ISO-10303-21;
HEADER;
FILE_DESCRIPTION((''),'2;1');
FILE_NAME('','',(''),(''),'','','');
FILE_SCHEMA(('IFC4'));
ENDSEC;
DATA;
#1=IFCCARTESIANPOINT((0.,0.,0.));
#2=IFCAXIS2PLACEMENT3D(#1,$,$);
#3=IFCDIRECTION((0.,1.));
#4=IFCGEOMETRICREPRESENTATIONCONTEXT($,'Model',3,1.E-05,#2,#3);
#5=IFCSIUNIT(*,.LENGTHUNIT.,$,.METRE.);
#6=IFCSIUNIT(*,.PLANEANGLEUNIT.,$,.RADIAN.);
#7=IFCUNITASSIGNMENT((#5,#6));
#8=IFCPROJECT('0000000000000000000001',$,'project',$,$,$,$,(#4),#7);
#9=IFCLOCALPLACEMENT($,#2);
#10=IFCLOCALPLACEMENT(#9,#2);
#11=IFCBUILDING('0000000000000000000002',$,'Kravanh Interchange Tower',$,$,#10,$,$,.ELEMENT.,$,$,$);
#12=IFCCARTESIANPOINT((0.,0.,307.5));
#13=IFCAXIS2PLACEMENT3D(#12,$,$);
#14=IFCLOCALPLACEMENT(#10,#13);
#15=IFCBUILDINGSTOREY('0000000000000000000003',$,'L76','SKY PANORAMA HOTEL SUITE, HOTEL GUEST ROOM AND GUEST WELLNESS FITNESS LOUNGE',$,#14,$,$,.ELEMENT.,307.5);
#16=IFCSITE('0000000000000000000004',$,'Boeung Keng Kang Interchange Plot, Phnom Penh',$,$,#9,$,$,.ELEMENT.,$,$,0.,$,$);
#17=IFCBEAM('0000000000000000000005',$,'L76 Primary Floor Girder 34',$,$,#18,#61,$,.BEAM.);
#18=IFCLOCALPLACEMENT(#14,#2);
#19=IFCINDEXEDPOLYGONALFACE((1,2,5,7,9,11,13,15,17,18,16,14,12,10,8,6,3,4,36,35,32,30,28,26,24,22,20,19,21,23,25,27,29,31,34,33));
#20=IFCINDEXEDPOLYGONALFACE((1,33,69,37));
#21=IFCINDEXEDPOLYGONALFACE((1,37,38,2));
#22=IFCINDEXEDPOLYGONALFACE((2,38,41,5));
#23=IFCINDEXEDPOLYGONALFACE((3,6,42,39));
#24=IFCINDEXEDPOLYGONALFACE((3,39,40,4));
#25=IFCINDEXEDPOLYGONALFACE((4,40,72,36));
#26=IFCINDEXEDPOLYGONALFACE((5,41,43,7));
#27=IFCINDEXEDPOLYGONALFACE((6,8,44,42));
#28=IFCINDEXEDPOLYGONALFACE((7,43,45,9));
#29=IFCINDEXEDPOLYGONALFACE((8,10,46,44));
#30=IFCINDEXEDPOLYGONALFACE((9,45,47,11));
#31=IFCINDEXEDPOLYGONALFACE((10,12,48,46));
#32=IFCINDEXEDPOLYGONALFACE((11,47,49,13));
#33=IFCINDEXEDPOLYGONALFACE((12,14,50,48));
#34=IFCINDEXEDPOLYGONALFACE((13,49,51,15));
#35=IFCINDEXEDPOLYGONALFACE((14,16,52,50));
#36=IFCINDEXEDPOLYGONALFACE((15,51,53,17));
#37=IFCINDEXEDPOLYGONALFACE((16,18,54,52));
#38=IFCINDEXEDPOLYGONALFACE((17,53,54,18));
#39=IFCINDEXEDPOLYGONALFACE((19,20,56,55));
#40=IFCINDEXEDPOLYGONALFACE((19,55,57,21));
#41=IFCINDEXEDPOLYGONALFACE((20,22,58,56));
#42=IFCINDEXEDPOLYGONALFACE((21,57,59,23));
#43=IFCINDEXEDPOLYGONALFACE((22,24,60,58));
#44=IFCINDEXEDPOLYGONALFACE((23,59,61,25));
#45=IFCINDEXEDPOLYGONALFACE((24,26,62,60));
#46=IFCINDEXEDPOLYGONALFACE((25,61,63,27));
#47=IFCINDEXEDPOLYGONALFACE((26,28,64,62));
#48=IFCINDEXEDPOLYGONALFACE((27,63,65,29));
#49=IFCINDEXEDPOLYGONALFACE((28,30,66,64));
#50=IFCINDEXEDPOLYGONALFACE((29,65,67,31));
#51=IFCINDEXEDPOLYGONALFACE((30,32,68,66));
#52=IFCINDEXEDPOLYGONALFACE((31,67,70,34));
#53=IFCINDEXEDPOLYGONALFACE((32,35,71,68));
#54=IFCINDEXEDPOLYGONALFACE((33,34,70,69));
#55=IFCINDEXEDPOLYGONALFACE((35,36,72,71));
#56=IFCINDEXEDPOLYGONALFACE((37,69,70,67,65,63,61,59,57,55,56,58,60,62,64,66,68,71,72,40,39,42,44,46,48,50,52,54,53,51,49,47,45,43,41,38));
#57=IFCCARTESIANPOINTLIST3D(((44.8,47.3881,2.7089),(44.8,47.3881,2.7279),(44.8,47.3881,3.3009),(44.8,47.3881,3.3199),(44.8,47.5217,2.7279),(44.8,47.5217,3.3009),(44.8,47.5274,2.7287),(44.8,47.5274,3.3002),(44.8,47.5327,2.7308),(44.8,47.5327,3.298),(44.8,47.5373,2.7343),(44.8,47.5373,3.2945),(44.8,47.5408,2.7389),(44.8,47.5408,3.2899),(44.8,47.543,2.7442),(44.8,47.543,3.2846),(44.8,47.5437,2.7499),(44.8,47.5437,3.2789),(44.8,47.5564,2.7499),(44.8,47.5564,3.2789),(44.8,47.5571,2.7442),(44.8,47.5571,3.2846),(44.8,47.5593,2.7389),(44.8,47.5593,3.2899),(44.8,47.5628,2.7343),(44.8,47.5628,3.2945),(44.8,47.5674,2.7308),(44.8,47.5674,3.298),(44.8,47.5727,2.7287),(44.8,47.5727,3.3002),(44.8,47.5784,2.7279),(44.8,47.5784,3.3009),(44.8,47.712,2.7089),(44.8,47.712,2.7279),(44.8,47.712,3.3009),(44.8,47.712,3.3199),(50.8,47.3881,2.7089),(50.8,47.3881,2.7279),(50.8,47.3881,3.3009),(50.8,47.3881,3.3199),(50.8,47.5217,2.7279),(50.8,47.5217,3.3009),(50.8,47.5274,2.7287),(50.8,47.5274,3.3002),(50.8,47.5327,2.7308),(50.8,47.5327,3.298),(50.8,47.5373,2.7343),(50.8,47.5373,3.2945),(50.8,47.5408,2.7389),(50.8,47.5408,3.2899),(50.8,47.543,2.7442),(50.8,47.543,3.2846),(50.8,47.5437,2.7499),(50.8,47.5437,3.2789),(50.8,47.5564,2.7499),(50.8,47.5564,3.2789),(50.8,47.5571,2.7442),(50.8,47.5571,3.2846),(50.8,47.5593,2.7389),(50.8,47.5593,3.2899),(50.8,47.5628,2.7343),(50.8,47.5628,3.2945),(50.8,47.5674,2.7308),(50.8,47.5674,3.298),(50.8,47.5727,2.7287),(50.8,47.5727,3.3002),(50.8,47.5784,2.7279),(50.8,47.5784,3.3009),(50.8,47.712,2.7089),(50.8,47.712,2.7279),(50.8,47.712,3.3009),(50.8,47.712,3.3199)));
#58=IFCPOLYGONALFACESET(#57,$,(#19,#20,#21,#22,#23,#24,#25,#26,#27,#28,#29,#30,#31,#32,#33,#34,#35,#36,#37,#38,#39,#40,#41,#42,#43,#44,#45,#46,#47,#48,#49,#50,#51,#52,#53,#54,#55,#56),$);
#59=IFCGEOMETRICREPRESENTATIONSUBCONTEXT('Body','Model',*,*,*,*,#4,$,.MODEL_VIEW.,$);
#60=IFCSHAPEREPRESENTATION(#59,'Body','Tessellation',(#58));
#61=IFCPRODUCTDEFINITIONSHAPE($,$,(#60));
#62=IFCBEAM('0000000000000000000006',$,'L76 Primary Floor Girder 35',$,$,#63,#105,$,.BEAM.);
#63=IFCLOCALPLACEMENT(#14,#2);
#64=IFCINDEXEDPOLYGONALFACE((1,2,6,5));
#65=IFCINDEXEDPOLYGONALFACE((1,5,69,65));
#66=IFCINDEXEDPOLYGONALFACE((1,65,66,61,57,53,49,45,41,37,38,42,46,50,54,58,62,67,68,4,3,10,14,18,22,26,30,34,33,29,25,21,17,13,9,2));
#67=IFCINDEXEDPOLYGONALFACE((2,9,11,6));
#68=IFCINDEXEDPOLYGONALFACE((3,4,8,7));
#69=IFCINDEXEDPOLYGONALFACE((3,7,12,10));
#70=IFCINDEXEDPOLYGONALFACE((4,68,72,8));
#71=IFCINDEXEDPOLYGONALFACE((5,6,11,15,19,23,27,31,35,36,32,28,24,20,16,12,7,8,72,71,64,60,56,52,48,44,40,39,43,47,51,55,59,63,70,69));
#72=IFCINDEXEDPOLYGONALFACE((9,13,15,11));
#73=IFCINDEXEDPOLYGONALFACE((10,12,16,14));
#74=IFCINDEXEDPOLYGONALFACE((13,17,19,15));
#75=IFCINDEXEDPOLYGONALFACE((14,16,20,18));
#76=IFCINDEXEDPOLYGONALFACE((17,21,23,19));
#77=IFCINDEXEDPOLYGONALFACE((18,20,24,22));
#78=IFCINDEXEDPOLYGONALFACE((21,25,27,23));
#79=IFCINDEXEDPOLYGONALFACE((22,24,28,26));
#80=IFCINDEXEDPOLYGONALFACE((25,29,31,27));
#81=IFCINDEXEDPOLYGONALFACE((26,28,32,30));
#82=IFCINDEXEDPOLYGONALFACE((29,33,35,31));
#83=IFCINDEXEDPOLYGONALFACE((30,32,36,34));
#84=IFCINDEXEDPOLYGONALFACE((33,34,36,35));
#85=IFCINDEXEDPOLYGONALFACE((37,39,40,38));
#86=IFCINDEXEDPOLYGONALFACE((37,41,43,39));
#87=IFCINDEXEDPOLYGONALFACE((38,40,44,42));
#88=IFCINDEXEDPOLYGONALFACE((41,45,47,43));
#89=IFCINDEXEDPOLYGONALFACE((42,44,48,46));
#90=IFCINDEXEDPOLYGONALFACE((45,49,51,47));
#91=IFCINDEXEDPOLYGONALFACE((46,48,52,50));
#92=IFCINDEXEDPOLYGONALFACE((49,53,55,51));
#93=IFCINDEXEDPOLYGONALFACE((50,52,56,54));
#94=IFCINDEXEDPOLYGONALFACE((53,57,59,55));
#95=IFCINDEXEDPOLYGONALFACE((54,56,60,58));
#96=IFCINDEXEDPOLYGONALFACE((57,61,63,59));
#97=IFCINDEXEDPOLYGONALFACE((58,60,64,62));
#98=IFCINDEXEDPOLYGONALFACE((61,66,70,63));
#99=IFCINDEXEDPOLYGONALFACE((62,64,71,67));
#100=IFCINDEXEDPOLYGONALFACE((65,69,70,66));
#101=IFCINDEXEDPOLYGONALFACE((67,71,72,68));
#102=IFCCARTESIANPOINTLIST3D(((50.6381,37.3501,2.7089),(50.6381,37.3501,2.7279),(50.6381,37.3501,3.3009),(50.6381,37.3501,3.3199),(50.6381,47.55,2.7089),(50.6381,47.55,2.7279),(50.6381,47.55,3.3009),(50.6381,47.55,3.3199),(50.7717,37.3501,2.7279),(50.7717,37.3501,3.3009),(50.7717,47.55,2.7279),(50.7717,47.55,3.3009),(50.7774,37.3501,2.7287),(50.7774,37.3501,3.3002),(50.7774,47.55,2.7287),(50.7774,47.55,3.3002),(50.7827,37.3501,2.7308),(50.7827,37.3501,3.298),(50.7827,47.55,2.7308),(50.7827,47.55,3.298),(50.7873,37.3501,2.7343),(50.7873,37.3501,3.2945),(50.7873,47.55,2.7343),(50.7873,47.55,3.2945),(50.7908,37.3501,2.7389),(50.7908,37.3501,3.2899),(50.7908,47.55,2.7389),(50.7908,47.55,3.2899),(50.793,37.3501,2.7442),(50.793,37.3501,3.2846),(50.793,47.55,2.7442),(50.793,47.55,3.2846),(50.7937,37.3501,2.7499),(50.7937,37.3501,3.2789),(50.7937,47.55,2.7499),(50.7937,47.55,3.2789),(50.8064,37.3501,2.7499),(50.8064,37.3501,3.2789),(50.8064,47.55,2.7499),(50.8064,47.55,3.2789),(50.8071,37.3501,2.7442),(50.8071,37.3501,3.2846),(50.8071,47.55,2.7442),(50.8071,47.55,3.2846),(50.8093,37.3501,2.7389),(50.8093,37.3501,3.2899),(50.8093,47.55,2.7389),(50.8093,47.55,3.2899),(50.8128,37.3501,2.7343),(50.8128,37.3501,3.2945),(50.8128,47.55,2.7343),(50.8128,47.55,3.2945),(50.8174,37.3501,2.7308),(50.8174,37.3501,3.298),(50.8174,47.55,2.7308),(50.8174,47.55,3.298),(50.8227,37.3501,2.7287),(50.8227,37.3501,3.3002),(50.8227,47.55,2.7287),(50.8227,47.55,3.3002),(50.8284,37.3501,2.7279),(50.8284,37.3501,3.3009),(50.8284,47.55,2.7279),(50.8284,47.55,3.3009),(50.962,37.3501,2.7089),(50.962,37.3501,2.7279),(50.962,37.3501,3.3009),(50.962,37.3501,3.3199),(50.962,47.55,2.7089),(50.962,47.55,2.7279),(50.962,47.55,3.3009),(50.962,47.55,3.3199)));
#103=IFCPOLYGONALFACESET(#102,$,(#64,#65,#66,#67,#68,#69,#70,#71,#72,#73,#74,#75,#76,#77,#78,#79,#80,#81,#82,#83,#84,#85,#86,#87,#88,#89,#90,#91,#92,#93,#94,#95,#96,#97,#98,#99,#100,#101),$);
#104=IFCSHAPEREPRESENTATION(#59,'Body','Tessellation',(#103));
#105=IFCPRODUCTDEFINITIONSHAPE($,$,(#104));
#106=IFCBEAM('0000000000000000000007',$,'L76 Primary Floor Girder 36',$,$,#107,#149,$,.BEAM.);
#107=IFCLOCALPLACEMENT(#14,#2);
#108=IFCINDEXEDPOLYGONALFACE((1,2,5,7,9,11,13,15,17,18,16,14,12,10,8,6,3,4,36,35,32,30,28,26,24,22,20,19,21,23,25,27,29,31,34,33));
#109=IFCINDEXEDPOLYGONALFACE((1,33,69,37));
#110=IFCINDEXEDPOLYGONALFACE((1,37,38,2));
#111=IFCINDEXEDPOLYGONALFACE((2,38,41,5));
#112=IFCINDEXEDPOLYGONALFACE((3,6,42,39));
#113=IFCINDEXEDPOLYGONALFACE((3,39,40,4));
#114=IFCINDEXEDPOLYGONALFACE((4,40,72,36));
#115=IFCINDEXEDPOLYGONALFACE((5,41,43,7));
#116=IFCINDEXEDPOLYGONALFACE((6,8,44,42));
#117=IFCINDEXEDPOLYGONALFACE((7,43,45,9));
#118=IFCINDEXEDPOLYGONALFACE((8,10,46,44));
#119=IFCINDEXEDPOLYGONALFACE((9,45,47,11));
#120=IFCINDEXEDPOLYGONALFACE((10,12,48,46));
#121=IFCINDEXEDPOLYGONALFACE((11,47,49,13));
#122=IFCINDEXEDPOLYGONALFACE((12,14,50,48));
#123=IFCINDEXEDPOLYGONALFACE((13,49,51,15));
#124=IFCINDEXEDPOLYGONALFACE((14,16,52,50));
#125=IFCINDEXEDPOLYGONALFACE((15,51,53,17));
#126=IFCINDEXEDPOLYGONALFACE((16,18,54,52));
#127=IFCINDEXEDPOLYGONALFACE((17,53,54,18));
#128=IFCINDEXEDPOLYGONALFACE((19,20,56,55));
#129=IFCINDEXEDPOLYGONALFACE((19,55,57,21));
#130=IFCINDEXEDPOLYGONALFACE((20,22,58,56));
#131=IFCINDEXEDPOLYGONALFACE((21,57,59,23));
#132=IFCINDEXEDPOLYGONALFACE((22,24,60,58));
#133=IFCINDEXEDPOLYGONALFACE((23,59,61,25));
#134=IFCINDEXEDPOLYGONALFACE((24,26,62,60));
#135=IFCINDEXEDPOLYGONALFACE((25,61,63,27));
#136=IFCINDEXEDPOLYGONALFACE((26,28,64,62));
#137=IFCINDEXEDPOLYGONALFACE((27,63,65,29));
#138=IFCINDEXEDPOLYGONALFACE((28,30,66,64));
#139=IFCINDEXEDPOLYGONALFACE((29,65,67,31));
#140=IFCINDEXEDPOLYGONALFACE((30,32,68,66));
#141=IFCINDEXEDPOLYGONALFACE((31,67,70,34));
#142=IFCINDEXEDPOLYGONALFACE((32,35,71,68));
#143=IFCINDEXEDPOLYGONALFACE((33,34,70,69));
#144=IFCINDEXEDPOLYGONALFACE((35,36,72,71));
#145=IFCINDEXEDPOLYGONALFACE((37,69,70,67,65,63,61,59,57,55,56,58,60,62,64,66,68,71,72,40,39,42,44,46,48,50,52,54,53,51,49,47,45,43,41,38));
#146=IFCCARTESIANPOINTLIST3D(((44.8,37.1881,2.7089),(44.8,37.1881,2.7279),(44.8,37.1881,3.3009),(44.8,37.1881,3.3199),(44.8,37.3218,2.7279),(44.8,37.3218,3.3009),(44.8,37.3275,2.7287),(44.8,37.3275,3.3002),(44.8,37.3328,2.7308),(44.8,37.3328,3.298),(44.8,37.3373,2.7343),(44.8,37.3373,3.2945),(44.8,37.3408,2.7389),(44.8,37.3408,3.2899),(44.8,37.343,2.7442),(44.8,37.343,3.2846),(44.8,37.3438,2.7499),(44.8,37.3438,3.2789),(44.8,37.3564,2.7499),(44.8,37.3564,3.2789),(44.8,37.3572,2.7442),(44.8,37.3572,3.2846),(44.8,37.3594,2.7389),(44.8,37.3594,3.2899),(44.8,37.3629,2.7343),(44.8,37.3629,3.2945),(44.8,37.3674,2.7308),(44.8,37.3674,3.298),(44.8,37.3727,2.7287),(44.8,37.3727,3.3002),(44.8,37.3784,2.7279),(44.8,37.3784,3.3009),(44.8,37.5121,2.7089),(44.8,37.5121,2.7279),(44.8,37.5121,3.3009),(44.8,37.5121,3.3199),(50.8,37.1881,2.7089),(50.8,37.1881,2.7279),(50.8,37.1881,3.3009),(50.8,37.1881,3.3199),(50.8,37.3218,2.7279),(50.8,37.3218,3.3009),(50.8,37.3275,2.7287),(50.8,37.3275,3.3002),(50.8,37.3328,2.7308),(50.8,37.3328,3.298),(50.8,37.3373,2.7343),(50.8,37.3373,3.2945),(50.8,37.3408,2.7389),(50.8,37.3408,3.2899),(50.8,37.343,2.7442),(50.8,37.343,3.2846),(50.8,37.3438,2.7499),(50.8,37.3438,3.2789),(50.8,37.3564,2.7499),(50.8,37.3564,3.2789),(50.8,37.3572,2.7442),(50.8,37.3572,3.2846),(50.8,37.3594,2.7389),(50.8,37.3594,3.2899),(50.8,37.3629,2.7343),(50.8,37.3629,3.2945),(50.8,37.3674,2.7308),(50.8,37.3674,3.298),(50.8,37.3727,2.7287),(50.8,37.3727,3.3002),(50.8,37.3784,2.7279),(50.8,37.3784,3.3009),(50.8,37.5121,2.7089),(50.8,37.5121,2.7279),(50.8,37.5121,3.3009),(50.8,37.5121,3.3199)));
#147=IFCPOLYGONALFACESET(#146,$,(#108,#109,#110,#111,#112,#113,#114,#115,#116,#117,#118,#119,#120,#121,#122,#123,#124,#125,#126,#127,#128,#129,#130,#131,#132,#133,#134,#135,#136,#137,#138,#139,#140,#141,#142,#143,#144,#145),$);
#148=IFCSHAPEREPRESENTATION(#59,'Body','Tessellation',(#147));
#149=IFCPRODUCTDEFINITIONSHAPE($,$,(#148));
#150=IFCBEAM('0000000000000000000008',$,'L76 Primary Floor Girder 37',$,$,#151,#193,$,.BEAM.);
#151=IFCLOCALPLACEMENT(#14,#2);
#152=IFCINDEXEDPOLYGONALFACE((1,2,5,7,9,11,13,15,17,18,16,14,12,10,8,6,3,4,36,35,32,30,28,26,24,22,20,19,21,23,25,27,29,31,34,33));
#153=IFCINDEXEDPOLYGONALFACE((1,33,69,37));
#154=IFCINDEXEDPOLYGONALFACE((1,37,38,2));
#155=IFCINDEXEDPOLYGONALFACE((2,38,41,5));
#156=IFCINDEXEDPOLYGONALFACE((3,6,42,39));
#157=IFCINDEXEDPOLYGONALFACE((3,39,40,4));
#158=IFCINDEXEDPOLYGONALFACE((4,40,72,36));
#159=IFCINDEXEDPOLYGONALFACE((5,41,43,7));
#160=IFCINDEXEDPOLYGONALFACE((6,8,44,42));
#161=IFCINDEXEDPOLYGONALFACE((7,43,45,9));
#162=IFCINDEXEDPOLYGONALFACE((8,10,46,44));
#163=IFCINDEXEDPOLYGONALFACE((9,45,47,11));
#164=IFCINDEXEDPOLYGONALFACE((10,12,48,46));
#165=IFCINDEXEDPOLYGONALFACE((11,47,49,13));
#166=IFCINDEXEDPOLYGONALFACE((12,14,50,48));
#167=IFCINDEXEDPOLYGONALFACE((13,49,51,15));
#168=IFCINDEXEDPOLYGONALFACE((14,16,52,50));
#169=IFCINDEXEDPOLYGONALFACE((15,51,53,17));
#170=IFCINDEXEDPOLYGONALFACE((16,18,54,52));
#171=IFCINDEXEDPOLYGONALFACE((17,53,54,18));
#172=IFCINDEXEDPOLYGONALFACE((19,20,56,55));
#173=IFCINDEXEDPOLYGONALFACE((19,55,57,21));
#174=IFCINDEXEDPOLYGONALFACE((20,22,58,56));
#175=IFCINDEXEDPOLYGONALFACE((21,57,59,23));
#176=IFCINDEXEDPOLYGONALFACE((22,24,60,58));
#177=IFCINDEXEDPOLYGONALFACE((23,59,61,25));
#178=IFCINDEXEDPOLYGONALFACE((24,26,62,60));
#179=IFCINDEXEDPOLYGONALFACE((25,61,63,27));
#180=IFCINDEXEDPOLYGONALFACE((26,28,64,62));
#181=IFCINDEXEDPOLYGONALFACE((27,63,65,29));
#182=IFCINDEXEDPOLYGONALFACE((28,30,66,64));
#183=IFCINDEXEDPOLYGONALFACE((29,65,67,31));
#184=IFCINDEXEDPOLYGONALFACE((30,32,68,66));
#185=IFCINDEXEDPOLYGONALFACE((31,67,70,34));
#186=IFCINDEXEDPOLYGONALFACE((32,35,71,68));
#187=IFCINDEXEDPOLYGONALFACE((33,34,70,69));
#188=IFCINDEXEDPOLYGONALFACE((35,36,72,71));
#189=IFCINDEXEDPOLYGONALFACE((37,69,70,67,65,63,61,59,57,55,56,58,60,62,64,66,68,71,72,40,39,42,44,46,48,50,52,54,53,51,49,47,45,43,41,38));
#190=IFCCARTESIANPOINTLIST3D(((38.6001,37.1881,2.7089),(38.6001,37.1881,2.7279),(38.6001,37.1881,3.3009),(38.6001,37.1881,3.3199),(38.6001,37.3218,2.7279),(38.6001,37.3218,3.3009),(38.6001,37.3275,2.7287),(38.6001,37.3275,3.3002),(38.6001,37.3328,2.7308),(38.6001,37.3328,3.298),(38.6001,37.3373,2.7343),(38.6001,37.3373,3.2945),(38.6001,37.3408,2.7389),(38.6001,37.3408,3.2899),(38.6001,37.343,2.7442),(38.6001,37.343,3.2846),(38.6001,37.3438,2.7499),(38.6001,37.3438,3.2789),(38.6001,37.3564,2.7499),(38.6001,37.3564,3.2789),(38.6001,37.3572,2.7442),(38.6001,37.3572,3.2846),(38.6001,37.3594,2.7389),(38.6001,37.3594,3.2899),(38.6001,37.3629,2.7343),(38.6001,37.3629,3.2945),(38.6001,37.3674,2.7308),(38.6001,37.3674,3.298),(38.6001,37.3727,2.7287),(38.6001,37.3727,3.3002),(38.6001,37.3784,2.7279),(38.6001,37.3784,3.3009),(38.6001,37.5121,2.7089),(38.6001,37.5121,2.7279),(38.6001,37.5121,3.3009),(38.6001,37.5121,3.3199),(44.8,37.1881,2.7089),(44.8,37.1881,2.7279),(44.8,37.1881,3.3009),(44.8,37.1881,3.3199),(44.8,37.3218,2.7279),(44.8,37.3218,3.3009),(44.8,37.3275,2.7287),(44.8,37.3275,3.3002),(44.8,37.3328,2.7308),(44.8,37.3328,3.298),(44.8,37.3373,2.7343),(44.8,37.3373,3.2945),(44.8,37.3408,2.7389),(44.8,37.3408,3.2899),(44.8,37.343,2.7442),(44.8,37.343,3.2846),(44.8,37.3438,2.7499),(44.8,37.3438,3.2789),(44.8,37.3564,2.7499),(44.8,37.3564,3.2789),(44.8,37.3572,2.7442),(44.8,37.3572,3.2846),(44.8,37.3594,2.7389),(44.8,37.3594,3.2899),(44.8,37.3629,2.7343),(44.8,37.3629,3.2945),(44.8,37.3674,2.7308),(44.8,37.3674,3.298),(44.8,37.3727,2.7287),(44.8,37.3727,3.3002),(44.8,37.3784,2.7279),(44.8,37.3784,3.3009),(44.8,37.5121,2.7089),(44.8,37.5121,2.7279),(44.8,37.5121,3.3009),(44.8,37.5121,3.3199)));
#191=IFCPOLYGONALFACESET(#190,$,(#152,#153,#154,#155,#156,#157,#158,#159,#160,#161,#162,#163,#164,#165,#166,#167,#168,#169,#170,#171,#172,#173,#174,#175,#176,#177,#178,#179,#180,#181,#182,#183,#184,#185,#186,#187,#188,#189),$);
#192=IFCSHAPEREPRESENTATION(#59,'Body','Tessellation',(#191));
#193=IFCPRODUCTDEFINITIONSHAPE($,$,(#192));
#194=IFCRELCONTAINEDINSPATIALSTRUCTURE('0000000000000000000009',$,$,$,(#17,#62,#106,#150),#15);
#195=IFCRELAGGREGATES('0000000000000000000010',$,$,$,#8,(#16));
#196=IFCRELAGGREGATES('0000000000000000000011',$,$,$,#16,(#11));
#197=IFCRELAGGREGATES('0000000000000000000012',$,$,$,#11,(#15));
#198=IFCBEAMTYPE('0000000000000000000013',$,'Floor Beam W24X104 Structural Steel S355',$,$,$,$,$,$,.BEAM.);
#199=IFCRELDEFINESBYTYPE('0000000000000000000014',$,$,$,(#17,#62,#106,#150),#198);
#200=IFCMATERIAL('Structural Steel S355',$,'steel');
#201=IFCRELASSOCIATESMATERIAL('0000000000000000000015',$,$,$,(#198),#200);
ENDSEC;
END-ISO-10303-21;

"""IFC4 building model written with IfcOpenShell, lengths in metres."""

from ifc_helpers import new_model, si_unit, direction, frame, origin, origin_2d, place, context, subcontext, project, spatial, i_section, extrude, material, material_profile, profile_set, type_object, element, save


model = new_model("IFC4")

# Units and contexts
model_context = context("Model", 3, precision=1e-05, world=origin(), true_north=direction((0.0, 1.0)))
body_context = subcontext(model_context, "Body", "Model", "MODEL_VIEW")
ifc_project = project(units=[si_unit("LENGTHUNIT", "METRE"), si_unit("PLANEANGLEUNIT", "RADIAN")], contexts=[model_context])

# Site, building, storey
site_placement = place(None, origin())
site = spatial("IfcSite", under=ifc_project, at=site_placement, Name="Boeung Keng Kang Interchange Plot, Phnom Penh", CompositionType="ELEMENT", RefElevation=0.0)
building_placement = place(site_placement, origin())
building = spatial("IfcBuilding", under=site, at=building_placement, Name="Kravanh Interchange Tower", CompositionType="ELEMENT")
storey_placement = place(building_placement, frame((0.0, 0.0, 307.5)))
storey = spatial("IfcBuildingStorey", under=building, at=storey_placement, Name="L76", Description="SKY PANORAMA HOTEL SUITE, HOTEL GUEST ROOM AND GUEST WELLNESS FITNESS LOUNGE", CompositionType="ELEMENT", Elevation=307.5)

# Beams
ifc_material_1 = material(Name="Structural Steel S355", Category="steel")
ifc_material_profile_1 = material_profile(ifc_material_1, i_section(OverallWidth=0.324, OverallDepth=0.6111, WebThickness=0.0127, FlangeThickness=0.019, FilletRadius=0.022, at=origin_2d()), Name="W24X104")
ifc_profile_set_1 = profile_set([ifc_material_profile_1], Name="Structural Steel S355")
beam_type_1 = type_object("IfcBeamType", Name="Floor Beam W24X104 Structural Steel S355", PredefinedType="BEAM", material=ifc_profile_set_1)
beam_1_placement = place(storey_placement, frame((50.8, 47.55, 3.0144), z_axis=(-1.0, 0.0, 0.0), x_axis=(0.0, -1.0, 0.0)))
element("IfcBeam", 1, at=beam_1_placement, inside=storey, type_object=beam_type_1, Name="L76 Primary Floor Girder 34", PredefinedType="BEAM", context=body_context, shape_type="SweptSolid", body=[
    extrude(i_section(OverallWidth=0.324, OverallDepth=0.6111, WebThickness=0.0127, FlangeThickness=0.019, FilletRadius=0.022, at=origin_2d()), origin(), (0.0, 0.0, 1.0), 6.0),
])
beam_2_placement = place(storey_placement, frame((50.8, 47.55, 3.0144), z_axis=(0.0, -1.0, 0.0), x_axis=(1.0, 0.0, 0.0)))
element("IfcBeam", 2, at=beam_2_placement, inside=storey, type_object=beam_type_1, Name="L76 Primary Floor Girder 35", PredefinedType="BEAM", context=body_context, shape_type="SweptSolid", body=[
    extrude(i_section(OverallWidth=0.324, OverallDepth=0.6111, WebThickness=0.0127, FlangeThickness=0.019, FilletRadius=0.022, at=origin_2d()), origin(), (0.0, 0.0, 1.0), 10.2),
])
beam_3_placement = place(storey_placement, frame((50.8, 37.3501, 3.0144), z_axis=(-1.0, 0.0, 0.0), x_axis=(0.0, -1.0, 0.0)))
element("IfcBeam", 3, at=beam_3_placement, inside=storey, type_object=beam_type_1, Name="L76 Primary Floor Girder 36", PredefinedType="BEAM", context=body_context, shape_type="SweptSolid", body=[
    extrude(i_section(OverallWidth=0.324, OverallDepth=0.6111, WebThickness=0.0127, FlangeThickness=0.019, FilletRadius=0.022, at=origin_2d()), origin(), (0.0, 0.0, 1.0), 6.0),
])
beam_4_placement = place(storey_placement, frame((44.8, 37.3501, 3.0144), z_axis=(-1.0, 0.0, 0.0), x_axis=(0.0, -1.0, 0.0)))
element("IfcBeam", 4, at=beam_4_placement, inside=storey, type_object=beam_type_1, Name="L76 Primary Floor Girder 37", PredefinedType="BEAM", context=body_context, shape_type="SweptSolid", body=[
    extrude(i_section(OverallWidth=0.324, OverallDepth=0.6111, WebThickness=0.0127, FlangeThickness=0.019, FilletRadius=0.022, at=origin_2d()), origin(), (0.0, 0.0, 1.0), 6.2),
])

save(model, "model.ifc")
